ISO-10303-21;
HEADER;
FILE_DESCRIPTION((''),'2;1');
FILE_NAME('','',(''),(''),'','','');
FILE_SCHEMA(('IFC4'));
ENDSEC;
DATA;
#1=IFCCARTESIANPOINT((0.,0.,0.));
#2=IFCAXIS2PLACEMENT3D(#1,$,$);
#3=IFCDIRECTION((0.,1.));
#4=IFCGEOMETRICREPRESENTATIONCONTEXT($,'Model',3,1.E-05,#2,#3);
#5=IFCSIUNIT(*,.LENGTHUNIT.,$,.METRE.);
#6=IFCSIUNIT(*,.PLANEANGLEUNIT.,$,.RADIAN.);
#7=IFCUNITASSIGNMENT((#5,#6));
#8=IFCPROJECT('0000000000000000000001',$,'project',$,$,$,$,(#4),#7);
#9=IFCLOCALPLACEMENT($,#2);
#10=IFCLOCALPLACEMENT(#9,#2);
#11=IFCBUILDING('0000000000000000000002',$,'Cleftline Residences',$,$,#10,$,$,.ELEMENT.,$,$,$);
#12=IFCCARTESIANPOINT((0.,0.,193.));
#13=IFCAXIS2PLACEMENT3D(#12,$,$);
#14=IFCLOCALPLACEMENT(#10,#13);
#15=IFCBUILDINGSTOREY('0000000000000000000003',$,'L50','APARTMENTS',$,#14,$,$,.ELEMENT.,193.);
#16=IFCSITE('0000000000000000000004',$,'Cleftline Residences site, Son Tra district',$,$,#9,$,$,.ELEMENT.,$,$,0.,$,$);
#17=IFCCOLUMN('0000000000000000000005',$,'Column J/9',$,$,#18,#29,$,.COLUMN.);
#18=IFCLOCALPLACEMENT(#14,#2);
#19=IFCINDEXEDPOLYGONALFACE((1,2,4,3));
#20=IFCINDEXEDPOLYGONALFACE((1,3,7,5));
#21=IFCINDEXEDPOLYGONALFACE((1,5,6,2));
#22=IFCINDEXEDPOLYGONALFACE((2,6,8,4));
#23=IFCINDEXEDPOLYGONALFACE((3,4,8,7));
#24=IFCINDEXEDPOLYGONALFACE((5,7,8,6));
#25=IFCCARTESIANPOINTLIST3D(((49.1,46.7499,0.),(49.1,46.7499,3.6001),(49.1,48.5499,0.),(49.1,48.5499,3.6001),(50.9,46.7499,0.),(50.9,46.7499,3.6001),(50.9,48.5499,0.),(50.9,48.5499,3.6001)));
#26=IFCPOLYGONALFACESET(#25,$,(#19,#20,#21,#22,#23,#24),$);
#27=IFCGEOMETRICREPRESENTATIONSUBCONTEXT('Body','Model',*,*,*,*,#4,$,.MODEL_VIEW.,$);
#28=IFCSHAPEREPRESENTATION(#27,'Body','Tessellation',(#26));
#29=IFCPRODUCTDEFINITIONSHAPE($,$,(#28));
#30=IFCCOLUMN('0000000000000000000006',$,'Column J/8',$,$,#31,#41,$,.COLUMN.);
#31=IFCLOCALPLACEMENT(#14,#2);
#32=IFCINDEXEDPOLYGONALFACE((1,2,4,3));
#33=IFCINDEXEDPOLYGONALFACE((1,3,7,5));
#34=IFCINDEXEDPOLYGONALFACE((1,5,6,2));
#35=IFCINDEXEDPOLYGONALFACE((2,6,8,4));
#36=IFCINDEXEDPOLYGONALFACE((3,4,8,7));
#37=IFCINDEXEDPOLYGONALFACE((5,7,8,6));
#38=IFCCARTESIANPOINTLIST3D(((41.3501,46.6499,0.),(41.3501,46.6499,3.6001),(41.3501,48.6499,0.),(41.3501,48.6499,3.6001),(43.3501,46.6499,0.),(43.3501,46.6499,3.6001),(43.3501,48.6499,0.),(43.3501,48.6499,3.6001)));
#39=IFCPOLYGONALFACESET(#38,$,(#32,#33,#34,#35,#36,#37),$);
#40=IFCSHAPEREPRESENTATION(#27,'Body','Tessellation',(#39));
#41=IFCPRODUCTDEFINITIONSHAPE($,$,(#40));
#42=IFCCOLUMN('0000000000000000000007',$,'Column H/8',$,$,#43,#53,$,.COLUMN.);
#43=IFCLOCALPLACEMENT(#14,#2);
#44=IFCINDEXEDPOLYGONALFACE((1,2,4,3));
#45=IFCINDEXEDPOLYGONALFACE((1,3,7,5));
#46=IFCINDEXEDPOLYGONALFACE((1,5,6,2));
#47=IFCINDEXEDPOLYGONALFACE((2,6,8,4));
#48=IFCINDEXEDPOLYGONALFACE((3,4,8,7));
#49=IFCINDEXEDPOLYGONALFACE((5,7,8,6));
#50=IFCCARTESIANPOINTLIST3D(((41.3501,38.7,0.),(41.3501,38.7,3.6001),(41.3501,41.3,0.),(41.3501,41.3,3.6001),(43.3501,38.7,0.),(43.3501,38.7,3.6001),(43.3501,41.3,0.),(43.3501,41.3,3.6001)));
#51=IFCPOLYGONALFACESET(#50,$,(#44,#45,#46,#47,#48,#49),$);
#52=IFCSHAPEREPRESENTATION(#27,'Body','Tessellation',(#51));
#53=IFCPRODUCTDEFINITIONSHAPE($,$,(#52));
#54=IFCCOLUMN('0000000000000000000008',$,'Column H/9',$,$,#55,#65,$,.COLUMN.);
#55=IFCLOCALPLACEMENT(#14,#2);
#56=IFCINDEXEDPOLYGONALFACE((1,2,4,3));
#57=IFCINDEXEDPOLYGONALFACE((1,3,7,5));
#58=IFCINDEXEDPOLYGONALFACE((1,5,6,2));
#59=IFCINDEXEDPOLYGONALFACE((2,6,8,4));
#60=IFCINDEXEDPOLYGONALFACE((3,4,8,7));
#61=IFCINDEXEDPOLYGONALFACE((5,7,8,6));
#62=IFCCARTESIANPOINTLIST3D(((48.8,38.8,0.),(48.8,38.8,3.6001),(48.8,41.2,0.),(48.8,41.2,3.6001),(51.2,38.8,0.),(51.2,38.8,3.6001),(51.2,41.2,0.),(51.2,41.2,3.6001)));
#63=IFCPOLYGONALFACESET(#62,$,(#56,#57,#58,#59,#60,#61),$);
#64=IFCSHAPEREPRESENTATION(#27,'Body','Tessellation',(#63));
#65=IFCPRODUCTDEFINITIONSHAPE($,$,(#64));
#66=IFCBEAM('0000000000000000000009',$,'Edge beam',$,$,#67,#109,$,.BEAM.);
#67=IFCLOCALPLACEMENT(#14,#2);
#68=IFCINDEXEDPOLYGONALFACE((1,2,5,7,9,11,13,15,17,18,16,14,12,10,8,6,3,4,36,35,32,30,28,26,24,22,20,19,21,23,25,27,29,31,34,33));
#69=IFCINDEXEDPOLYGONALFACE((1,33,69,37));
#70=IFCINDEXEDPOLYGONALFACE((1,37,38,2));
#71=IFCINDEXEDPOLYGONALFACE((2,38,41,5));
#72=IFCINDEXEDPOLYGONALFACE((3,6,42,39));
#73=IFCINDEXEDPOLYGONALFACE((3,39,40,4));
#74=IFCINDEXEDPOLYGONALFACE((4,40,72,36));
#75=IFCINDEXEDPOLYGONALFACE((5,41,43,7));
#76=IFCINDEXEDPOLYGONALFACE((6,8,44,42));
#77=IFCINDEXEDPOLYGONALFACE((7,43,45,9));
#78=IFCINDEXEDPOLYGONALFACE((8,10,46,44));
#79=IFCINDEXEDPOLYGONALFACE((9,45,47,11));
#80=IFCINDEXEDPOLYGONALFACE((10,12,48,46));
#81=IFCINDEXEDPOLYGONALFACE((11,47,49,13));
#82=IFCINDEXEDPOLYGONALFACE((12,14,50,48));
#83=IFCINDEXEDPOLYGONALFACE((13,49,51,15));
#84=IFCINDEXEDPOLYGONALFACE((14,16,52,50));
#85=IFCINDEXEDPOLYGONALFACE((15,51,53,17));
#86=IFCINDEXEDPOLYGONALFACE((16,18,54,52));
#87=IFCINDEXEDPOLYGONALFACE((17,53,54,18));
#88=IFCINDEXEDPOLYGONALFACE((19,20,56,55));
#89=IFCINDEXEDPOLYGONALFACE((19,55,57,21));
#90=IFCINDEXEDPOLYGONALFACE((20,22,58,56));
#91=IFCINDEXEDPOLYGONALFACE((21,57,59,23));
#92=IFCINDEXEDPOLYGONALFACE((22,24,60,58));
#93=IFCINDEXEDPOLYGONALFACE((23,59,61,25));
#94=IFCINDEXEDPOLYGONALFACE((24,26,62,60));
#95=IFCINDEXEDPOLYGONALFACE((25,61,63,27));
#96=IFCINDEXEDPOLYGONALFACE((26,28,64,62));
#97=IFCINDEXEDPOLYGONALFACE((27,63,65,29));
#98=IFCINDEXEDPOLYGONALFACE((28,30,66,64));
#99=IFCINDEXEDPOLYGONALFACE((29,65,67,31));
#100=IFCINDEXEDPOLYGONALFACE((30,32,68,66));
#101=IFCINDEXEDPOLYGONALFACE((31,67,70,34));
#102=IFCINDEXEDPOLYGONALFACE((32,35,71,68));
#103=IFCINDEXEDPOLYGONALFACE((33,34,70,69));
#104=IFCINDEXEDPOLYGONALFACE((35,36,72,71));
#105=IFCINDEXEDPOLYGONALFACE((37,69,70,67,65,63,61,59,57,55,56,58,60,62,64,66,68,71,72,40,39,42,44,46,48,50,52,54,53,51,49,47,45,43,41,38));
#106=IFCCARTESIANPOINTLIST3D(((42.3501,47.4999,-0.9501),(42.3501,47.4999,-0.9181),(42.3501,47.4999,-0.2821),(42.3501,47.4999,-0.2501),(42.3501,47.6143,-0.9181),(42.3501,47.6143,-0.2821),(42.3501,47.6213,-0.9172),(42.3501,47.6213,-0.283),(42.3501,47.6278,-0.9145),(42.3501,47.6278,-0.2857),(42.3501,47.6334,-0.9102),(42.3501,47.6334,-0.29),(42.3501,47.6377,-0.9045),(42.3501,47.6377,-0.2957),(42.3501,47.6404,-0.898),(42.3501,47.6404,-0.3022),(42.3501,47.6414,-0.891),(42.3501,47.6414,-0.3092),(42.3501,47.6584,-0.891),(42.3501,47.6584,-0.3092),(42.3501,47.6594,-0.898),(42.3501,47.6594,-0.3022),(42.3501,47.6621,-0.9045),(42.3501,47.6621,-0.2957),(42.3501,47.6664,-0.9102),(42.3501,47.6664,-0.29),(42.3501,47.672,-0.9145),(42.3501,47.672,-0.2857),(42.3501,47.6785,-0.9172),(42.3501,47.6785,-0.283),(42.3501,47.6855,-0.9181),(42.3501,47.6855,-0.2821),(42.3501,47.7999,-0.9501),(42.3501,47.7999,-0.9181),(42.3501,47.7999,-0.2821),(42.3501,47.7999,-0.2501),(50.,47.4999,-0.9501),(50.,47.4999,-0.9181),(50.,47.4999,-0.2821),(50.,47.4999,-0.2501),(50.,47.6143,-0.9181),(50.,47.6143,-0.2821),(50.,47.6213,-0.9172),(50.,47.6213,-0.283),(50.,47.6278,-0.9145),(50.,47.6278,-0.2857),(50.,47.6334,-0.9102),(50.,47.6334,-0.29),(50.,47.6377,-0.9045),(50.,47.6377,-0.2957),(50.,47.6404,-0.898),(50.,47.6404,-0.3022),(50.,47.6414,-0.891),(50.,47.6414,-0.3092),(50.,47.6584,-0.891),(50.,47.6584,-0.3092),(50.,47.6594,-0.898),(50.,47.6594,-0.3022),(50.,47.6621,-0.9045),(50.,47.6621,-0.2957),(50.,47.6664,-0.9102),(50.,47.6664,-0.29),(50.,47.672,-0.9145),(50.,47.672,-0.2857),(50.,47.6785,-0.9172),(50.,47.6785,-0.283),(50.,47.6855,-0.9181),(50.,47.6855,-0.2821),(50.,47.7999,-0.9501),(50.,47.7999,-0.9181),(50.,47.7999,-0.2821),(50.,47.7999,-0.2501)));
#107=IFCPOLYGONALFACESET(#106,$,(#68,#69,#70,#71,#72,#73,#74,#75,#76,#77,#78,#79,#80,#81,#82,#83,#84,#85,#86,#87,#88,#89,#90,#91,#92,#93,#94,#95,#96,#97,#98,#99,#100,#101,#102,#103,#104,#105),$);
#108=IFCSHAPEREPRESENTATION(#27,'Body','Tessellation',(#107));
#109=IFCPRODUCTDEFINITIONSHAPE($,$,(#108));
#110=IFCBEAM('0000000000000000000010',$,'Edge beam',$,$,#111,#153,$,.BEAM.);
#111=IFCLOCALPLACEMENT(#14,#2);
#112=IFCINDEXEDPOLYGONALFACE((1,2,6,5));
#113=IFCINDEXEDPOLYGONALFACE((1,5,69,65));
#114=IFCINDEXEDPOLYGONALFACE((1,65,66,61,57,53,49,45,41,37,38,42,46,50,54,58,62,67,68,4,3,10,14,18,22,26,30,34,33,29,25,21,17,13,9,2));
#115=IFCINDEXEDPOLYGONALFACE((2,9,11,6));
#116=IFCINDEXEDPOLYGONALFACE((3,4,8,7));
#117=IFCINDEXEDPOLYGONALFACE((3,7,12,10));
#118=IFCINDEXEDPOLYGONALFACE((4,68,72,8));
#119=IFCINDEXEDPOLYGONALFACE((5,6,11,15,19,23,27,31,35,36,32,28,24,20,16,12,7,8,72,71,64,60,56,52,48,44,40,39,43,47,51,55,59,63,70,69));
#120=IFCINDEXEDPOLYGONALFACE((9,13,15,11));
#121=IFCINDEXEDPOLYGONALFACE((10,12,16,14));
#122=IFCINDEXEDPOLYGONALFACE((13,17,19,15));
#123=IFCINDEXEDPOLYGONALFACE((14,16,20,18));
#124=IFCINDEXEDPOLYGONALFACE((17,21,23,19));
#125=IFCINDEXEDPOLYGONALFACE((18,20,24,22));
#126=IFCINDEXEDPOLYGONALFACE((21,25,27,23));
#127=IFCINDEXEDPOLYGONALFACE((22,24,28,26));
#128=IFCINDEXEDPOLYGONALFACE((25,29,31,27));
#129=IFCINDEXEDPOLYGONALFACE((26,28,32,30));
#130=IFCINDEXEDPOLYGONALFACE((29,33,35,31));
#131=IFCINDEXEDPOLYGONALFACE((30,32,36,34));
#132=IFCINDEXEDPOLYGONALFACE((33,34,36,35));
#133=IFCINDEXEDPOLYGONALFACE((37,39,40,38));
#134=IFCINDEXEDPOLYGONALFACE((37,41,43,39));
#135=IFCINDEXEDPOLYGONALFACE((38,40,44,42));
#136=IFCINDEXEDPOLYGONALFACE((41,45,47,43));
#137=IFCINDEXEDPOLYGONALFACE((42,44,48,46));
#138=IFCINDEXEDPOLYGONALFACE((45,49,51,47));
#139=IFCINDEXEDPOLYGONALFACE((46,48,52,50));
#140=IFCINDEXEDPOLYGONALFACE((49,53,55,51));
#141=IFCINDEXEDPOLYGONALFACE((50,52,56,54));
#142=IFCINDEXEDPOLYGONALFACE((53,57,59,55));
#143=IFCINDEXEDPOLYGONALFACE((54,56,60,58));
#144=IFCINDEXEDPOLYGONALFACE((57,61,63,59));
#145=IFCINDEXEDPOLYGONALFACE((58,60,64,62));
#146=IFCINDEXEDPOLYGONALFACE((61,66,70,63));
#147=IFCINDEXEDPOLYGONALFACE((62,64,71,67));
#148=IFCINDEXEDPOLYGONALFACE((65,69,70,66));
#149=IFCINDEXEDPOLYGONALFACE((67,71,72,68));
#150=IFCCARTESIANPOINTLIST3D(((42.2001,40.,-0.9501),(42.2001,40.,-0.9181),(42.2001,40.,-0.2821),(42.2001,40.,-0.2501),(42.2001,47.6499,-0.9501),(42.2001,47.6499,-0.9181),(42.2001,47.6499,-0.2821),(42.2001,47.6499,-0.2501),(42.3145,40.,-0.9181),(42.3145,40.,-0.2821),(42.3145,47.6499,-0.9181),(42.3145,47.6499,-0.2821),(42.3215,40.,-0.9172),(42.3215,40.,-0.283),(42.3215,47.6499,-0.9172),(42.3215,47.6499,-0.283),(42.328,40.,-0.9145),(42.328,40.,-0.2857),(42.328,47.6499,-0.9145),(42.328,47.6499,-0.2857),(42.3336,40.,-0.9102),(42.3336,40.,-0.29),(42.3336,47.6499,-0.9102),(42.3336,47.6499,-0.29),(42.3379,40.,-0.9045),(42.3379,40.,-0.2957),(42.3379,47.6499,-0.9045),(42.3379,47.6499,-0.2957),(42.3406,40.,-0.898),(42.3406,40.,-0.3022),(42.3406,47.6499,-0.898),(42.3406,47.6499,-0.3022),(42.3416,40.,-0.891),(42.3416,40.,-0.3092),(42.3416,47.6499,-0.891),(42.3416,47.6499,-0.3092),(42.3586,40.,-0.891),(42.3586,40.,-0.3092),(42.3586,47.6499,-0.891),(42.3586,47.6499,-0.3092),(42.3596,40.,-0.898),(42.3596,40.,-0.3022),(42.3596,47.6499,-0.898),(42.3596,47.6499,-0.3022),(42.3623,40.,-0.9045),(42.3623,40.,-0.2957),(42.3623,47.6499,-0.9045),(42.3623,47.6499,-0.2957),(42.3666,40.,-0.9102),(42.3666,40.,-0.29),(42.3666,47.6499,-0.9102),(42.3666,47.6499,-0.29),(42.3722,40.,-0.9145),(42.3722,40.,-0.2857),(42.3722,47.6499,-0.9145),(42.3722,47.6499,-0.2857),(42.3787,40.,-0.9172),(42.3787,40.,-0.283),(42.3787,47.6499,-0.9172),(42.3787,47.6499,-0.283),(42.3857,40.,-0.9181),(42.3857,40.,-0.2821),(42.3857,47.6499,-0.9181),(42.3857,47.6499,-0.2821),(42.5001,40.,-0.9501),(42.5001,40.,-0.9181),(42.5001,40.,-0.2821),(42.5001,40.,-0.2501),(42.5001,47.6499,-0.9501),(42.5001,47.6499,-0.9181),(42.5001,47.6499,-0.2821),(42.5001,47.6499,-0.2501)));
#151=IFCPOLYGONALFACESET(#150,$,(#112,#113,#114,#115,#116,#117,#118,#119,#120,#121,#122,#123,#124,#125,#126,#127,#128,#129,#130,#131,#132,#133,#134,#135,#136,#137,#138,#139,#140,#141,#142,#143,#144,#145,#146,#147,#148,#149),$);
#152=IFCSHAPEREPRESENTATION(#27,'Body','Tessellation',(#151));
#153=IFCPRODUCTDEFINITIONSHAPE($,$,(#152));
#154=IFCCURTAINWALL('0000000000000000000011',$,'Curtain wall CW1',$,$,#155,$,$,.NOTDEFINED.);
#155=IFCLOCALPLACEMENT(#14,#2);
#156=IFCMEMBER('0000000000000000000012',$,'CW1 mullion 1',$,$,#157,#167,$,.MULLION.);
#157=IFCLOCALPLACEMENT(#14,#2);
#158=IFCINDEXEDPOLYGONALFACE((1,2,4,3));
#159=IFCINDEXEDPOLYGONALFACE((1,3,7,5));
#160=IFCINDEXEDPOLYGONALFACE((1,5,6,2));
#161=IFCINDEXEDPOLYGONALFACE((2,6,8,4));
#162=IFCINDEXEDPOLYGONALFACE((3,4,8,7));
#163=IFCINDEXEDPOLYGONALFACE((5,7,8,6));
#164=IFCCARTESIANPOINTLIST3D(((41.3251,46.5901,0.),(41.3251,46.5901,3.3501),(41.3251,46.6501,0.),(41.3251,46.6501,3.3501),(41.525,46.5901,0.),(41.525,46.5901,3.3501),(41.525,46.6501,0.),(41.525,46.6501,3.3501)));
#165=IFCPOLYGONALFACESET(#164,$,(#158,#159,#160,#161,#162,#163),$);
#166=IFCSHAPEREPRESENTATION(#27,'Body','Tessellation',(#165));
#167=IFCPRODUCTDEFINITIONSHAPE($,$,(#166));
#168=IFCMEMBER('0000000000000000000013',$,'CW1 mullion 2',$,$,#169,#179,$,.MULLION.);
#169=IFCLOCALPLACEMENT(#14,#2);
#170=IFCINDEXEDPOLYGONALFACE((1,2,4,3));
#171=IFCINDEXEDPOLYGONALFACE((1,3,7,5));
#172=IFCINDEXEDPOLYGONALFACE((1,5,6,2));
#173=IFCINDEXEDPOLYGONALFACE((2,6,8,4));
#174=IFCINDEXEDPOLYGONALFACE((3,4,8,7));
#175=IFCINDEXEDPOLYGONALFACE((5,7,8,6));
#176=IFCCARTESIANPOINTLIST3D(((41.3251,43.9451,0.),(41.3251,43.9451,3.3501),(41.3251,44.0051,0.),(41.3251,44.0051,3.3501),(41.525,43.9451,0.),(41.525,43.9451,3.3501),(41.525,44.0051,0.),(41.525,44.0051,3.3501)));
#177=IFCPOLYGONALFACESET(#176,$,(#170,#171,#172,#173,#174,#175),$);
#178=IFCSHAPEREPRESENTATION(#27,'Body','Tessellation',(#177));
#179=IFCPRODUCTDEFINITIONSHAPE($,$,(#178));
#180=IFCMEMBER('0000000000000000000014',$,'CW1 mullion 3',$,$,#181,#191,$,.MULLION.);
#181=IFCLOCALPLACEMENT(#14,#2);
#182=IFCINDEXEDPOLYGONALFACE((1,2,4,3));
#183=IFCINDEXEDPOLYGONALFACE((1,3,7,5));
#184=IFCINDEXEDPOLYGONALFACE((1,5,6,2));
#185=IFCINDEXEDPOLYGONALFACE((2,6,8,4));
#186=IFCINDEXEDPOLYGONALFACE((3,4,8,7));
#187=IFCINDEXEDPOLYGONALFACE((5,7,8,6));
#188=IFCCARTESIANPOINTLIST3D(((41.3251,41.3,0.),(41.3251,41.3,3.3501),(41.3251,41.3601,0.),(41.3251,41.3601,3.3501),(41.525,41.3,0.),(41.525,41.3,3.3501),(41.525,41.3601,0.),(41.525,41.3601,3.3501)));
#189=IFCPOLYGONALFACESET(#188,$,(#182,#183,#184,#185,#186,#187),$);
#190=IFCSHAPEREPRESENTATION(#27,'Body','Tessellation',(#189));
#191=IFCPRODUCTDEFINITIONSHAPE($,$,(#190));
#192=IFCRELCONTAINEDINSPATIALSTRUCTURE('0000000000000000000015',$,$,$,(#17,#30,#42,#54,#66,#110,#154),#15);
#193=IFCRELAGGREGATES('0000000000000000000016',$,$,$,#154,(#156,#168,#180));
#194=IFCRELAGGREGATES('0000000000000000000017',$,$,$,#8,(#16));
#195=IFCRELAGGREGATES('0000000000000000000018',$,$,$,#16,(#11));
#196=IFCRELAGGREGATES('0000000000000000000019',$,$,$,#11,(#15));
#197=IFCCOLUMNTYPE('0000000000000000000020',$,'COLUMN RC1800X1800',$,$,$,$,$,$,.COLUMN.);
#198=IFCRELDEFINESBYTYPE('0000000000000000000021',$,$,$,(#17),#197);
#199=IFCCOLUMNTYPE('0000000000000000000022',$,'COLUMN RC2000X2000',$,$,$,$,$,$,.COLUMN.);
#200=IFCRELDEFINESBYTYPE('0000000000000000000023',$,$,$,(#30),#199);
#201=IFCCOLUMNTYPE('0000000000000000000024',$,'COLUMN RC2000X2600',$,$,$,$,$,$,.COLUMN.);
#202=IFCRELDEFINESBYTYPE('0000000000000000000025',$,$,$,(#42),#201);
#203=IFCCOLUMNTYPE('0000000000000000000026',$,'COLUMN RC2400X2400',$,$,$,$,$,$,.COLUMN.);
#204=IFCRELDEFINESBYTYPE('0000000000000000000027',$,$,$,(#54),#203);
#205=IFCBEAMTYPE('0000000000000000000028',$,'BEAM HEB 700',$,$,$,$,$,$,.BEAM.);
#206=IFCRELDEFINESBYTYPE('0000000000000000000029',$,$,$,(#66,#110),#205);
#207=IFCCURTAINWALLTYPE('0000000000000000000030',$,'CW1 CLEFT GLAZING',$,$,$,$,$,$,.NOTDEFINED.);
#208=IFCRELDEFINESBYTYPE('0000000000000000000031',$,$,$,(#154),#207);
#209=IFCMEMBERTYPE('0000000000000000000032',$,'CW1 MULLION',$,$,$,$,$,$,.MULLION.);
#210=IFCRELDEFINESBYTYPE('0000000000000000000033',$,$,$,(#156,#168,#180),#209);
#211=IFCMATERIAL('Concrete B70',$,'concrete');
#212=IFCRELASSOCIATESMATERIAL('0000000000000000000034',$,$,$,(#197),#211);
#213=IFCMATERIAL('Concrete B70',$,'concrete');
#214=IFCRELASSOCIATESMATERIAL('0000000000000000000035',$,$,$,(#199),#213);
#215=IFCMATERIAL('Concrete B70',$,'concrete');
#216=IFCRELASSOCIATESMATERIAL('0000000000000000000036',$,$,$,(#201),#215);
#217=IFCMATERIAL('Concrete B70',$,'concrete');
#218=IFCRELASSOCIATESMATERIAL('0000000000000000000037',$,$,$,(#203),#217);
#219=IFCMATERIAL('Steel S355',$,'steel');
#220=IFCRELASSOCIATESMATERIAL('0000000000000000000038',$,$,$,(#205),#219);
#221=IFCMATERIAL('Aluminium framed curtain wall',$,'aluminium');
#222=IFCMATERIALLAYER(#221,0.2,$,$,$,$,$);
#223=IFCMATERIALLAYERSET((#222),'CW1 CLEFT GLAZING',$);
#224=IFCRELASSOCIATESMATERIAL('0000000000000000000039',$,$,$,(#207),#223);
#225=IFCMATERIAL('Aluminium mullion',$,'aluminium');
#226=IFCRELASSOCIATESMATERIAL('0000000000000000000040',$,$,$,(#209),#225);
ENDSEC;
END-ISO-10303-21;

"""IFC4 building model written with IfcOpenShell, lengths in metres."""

from ifc_helpers import new_model, si_unit, direction, frame, origin, origin_2d, place, context, subcontext, project, spatial, rectangle, i_section, extrude, material, layer, layer_set, material_profile, profile_set, type_object, element, aggregate, save


model = new_model("IFC4")

# Units and contexts
model_context = context("Model", 3, precision=1e-05, world=origin(), true_north=direction((0.0, 1.0)))
body_context = subcontext(model_context, "Body", "Model", "MODEL_VIEW")
ifc_project = project(units=[si_unit("LENGTHUNIT", "METRE"), si_unit("PLANEANGLEUNIT", "RADIAN")], contexts=[model_context])

# Site, building, storey
site_placement = place(None, origin())
site = spatial("IfcSite", under=ifc_project, at=site_placement, Name="Cleftline Residences site, Son Tra district", CompositionType="ELEMENT", RefElevation=0.0)
building_placement = place(site_placement, origin())
building = spatial("IfcBuilding", under=site, at=building_placement, Name="Cleftline Residences", CompositionType="ELEMENT")
storey_placement = place(building_placement, frame((0.0, 0.0, 193.0)))
storey = spatial("IfcBuildingStorey", under=building, at=storey_placement, Name="L50", Description="APARTMENTS", CompositionType="ELEMENT", Elevation=193.0)

# Columns
ifc_material_1 = material(Name="Concrete B70", Category="concrete")
ifc_material_profile_1 = material_profile(ifc_material_1, rectangle(XDim=1.8, YDim=1.8, at=origin_2d()))
ifc_profile_set_1 = profile_set([ifc_material_profile_1], Name="Concrete B70")
column_type_1 = type_object("IfcColumnType", Name="COLUMN RC1800X1800", PredefinedType="COLUMN", material=ifc_profile_set_1)
column_1_placement = place(storey_placement, frame((50.0, 47.6499, 0.0), z_axis=(0.0, 0.0, 1.0), x_axis=(1.0, 0.0, 0.0)))
element("IfcColumn", 1, at=column_1_placement, inside=storey, type_object=column_type_1, Name="Column J/9", PredefinedType="COLUMN", context=body_context, shape_type="SweptSolid", body=[
    extrude(rectangle(XDim=1.8, YDim=1.8, at=origin_2d()), origin(), (0.0, 0.0, 1.0), 3.6001),
])
ifc_material_2 = material(Name="Concrete B70", Category="concrete")
ifc_material_profile_2 = material_profile(ifc_material_2, rectangle(XDim=2.0, YDim=2.0, at=origin_2d()))
ifc_profile_set_2 = profile_set([ifc_material_profile_2], Name="Concrete B70")
column_type_2 = type_object("IfcColumnType", Name="COLUMN RC2000X2000", PredefinedType="COLUMN", material=ifc_profile_set_2)
column_2_placement = place(storey_placement, frame((42.3501, 47.6499, 0.0), z_axis=(0.0, 0.0, 1.0), x_axis=(1.0, 0.0, 0.0)))
element("IfcColumn", 2, at=column_2_placement, inside=storey, type_object=column_type_2, Name="Column J/8", PredefinedType="COLUMN", context=body_context, shape_type="SweptSolid", body=[
    extrude(rectangle(XDim=2.0, YDim=2.0, at=origin_2d()), origin(), (0.0, 0.0, 1.0), 3.6001),
])
ifc_material_3 = material(Name="Concrete B70", Category="concrete")
ifc_material_profile_3 = material_profile(ifc_material_3, rectangle(XDim=2.0, YDim=2.6001, at=origin_2d()))
ifc_profile_set_3 = profile_set([ifc_material_profile_3], Name="Concrete B70")
column_type_3 = type_object("IfcColumnType", Name="COLUMN RC2000X2600", PredefinedType="COLUMN", material=ifc_profile_set_3)
column_3_placement = place(storey_placement, frame((42.3501, 40.0, 0.0), z_axis=(0.0, 0.0, 1.0), x_axis=(1.0, 0.0, 0.0)))
element("IfcColumn", 3, at=column_3_placement, inside=storey, type_object=column_type_3, Name="Column H/8", PredefinedType="COLUMN", context=body_context, shape_type="SweptSolid", body=[
    extrude(rectangle(XDim=2.0, YDim=2.6001, at=origin_2d()), origin(), (0.0, 0.0, 1.0), 3.6001),
])
ifc_material_4 = material(Name="Concrete B70", Category="concrete")
ifc_material_profile_4 = material_profile(ifc_material_4, rectangle(XDim=2.3999, YDim=2.3999, at=origin_2d()))
ifc_profile_set_4 = profile_set([ifc_material_profile_4], Name="Concrete B70")
column_type_4 = type_object("IfcColumnType", Name="COLUMN RC2400X2400", PredefinedType="COLUMN", material=ifc_profile_set_4)
column_4_placement = place(storey_placement, frame((50.0, 40.0, 0.0), z_axis=(0.0, 0.0, 1.0), x_axis=(1.0, 0.0, 0.0)))
element("IfcColumn", 4, at=column_4_placement, inside=storey, type_object=column_type_4, Name="Column H/9", PredefinedType="COLUMN", context=body_context, shape_type="SweptSolid", body=[
    extrude(rectangle(XDim=2.3999, YDim=2.3999, at=origin_2d()), origin(), (0.0, 0.0, 1.0), 3.6001),
])

# Beams
ifc_material_5 = material(Name="Steel S355", Category="steel")
ifc_material_profile_5 = material_profile(ifc_material_5, i_section(OverallWidth=0.3, OverallDepth=0.7, WebThickness=0.0171, FlangeThickness=0.032, FilletRadius=0.0271, at=origin_2d()))
ifc_profile_set_5 = profile_set([ifc_material_profile_5], Name="Steel S355")
beam_type = type_object("IfcBeamType", Name="BEAM HEB 700", PredefinedType="BEAM", material=ifc_profile_set_5)
for number, where, z_axis, x_axis, name in (
    (5, (50.0, 47.6499, -0.6001), (-1.0, 0.0, 0.0), (0.0, -1.0, 0.0), "Edge beam"),
    (6, (42.3501, 47.6499, -0.6001), (0.0, -1.0, 0.0), (1.0, 0.0, 0.0), "Edge beam"),
):
    element("IfcBeam", number, at=place(storey_placement, frame(where, z_axis=z_axis, x_axis=x_axis)), inside=storey, type_object=beam_type, Name=name, PredefinedType="BEAM", context=body_context, shape_type="SweptSolid", body=[
        extrude(i_section(OverallWidth=0.3, OverallDepth=0.7, WebThickness=0.0171, FlangeThickness=0.032, FilletRadius=0.0271, at=origin_2d()), origin(), (0.0, 0.0, 1.0), 7.6499),
    ])

# Curtain wall, members
ifc_material_6 = material(Name="Aluminium framed curtain wall", Category="aluminium")
ifc_layer_1 = layer(ifc_material_6, 0.2)
ifc_layer_set_1 = layer_set([ifc_layer_1], Name="CW1 CLEFT GLAZING")
curtain_wall_type = type_object("IfcCurtainWallType", Name="CW1 CLEFT GLAZING", PredefinedType="NOTDEFINED", material=ifc_layer_set_1)
curtain_wall_1_placement = place(storey_placement, origin())
curtain_wall_1 = element("IfcCurtainWall", 7, at=curtain_wall_1_placement, inside=storey, type_object=curtain_wall_type, Name="Curtain wall CW1", PredefinedType="NOTDEFINED")
ifc_material_7 = material(Name="Aluminium mullion", Category="aluminium")
ifc_material_profile_6 = material_profile(ifc_material_7, rectangle(XDim=0.2, YDim=0.0601, at=origin_2d()))
ifc_profile_set_6 = profile_set([ifc_material_profile_6], Name="Aluminium mullion")
member_type_1 = type_object("IfcMemberType", Name="CW1 MULLION", PredefinedType="MULLION", material=ifc_profile_set_6)
member_1_placement = place(storey_placement, frame((41.425, 46.6201, 0.0), z_axis=(0.0, 0.0, 1.0), x_axis=(1.0, 0.0, 0.0)))
member_1 = element("IfcMember", 8, at=member_1_placement, type_object=member_type_1, Name="CW1 mullion 1", PredefinedType="MULLION", context=body_context, shape_type="SweptSolid", body=[
    extrude(rectangle(XDim=0.2, YDim=0.0601, at=origin_2d()), origin(), (0.0, 0.0, 1.0), 3.3501),
])
member_2_placement = place(storey_placement, frame((41.425, 43.9751, 0.0), z_axis=(0.0, 0.0, 1.0), x_axis=(1.0, 0.0, 0.0)))
member_2 = element("IfcMember", 9, at=member_2_placement, type_object=member_type_1, Name="CW1 mullion 2", PredefinedType="MULLION", context=body_context, shape_type="SweptSolid", body=[
    extrude(rectangle(XDim=0.2, YDim=0.0601, at=origin_2d()), origin(), (0.0, 0.0, 1.0), 3.3501),
])
member_3_placement = place(storey_placement, frame((41.425, 41.3301, 0.0), z_axis=(0.0, 0.0, 1.0), x_axis=(1.0, 0.0, 0.0)))
member_3 = element("IfcMember", 10, at=member_3_placement, type_object=member_type_1, Name="CW1 mullion 3", PredefinedType="MULLION", context=body_context, shape_type="SweptSolid", body=[
    extrude(rectangle(XDim=0.2, YDim=0.0601, at=origin_2d()), origin(), (0.0, 0.0, 1.0), 3.3501),
])

aggregate(curtain_wall_1, [member_1, member_2, member_3])

save(model, "model.ifc")
